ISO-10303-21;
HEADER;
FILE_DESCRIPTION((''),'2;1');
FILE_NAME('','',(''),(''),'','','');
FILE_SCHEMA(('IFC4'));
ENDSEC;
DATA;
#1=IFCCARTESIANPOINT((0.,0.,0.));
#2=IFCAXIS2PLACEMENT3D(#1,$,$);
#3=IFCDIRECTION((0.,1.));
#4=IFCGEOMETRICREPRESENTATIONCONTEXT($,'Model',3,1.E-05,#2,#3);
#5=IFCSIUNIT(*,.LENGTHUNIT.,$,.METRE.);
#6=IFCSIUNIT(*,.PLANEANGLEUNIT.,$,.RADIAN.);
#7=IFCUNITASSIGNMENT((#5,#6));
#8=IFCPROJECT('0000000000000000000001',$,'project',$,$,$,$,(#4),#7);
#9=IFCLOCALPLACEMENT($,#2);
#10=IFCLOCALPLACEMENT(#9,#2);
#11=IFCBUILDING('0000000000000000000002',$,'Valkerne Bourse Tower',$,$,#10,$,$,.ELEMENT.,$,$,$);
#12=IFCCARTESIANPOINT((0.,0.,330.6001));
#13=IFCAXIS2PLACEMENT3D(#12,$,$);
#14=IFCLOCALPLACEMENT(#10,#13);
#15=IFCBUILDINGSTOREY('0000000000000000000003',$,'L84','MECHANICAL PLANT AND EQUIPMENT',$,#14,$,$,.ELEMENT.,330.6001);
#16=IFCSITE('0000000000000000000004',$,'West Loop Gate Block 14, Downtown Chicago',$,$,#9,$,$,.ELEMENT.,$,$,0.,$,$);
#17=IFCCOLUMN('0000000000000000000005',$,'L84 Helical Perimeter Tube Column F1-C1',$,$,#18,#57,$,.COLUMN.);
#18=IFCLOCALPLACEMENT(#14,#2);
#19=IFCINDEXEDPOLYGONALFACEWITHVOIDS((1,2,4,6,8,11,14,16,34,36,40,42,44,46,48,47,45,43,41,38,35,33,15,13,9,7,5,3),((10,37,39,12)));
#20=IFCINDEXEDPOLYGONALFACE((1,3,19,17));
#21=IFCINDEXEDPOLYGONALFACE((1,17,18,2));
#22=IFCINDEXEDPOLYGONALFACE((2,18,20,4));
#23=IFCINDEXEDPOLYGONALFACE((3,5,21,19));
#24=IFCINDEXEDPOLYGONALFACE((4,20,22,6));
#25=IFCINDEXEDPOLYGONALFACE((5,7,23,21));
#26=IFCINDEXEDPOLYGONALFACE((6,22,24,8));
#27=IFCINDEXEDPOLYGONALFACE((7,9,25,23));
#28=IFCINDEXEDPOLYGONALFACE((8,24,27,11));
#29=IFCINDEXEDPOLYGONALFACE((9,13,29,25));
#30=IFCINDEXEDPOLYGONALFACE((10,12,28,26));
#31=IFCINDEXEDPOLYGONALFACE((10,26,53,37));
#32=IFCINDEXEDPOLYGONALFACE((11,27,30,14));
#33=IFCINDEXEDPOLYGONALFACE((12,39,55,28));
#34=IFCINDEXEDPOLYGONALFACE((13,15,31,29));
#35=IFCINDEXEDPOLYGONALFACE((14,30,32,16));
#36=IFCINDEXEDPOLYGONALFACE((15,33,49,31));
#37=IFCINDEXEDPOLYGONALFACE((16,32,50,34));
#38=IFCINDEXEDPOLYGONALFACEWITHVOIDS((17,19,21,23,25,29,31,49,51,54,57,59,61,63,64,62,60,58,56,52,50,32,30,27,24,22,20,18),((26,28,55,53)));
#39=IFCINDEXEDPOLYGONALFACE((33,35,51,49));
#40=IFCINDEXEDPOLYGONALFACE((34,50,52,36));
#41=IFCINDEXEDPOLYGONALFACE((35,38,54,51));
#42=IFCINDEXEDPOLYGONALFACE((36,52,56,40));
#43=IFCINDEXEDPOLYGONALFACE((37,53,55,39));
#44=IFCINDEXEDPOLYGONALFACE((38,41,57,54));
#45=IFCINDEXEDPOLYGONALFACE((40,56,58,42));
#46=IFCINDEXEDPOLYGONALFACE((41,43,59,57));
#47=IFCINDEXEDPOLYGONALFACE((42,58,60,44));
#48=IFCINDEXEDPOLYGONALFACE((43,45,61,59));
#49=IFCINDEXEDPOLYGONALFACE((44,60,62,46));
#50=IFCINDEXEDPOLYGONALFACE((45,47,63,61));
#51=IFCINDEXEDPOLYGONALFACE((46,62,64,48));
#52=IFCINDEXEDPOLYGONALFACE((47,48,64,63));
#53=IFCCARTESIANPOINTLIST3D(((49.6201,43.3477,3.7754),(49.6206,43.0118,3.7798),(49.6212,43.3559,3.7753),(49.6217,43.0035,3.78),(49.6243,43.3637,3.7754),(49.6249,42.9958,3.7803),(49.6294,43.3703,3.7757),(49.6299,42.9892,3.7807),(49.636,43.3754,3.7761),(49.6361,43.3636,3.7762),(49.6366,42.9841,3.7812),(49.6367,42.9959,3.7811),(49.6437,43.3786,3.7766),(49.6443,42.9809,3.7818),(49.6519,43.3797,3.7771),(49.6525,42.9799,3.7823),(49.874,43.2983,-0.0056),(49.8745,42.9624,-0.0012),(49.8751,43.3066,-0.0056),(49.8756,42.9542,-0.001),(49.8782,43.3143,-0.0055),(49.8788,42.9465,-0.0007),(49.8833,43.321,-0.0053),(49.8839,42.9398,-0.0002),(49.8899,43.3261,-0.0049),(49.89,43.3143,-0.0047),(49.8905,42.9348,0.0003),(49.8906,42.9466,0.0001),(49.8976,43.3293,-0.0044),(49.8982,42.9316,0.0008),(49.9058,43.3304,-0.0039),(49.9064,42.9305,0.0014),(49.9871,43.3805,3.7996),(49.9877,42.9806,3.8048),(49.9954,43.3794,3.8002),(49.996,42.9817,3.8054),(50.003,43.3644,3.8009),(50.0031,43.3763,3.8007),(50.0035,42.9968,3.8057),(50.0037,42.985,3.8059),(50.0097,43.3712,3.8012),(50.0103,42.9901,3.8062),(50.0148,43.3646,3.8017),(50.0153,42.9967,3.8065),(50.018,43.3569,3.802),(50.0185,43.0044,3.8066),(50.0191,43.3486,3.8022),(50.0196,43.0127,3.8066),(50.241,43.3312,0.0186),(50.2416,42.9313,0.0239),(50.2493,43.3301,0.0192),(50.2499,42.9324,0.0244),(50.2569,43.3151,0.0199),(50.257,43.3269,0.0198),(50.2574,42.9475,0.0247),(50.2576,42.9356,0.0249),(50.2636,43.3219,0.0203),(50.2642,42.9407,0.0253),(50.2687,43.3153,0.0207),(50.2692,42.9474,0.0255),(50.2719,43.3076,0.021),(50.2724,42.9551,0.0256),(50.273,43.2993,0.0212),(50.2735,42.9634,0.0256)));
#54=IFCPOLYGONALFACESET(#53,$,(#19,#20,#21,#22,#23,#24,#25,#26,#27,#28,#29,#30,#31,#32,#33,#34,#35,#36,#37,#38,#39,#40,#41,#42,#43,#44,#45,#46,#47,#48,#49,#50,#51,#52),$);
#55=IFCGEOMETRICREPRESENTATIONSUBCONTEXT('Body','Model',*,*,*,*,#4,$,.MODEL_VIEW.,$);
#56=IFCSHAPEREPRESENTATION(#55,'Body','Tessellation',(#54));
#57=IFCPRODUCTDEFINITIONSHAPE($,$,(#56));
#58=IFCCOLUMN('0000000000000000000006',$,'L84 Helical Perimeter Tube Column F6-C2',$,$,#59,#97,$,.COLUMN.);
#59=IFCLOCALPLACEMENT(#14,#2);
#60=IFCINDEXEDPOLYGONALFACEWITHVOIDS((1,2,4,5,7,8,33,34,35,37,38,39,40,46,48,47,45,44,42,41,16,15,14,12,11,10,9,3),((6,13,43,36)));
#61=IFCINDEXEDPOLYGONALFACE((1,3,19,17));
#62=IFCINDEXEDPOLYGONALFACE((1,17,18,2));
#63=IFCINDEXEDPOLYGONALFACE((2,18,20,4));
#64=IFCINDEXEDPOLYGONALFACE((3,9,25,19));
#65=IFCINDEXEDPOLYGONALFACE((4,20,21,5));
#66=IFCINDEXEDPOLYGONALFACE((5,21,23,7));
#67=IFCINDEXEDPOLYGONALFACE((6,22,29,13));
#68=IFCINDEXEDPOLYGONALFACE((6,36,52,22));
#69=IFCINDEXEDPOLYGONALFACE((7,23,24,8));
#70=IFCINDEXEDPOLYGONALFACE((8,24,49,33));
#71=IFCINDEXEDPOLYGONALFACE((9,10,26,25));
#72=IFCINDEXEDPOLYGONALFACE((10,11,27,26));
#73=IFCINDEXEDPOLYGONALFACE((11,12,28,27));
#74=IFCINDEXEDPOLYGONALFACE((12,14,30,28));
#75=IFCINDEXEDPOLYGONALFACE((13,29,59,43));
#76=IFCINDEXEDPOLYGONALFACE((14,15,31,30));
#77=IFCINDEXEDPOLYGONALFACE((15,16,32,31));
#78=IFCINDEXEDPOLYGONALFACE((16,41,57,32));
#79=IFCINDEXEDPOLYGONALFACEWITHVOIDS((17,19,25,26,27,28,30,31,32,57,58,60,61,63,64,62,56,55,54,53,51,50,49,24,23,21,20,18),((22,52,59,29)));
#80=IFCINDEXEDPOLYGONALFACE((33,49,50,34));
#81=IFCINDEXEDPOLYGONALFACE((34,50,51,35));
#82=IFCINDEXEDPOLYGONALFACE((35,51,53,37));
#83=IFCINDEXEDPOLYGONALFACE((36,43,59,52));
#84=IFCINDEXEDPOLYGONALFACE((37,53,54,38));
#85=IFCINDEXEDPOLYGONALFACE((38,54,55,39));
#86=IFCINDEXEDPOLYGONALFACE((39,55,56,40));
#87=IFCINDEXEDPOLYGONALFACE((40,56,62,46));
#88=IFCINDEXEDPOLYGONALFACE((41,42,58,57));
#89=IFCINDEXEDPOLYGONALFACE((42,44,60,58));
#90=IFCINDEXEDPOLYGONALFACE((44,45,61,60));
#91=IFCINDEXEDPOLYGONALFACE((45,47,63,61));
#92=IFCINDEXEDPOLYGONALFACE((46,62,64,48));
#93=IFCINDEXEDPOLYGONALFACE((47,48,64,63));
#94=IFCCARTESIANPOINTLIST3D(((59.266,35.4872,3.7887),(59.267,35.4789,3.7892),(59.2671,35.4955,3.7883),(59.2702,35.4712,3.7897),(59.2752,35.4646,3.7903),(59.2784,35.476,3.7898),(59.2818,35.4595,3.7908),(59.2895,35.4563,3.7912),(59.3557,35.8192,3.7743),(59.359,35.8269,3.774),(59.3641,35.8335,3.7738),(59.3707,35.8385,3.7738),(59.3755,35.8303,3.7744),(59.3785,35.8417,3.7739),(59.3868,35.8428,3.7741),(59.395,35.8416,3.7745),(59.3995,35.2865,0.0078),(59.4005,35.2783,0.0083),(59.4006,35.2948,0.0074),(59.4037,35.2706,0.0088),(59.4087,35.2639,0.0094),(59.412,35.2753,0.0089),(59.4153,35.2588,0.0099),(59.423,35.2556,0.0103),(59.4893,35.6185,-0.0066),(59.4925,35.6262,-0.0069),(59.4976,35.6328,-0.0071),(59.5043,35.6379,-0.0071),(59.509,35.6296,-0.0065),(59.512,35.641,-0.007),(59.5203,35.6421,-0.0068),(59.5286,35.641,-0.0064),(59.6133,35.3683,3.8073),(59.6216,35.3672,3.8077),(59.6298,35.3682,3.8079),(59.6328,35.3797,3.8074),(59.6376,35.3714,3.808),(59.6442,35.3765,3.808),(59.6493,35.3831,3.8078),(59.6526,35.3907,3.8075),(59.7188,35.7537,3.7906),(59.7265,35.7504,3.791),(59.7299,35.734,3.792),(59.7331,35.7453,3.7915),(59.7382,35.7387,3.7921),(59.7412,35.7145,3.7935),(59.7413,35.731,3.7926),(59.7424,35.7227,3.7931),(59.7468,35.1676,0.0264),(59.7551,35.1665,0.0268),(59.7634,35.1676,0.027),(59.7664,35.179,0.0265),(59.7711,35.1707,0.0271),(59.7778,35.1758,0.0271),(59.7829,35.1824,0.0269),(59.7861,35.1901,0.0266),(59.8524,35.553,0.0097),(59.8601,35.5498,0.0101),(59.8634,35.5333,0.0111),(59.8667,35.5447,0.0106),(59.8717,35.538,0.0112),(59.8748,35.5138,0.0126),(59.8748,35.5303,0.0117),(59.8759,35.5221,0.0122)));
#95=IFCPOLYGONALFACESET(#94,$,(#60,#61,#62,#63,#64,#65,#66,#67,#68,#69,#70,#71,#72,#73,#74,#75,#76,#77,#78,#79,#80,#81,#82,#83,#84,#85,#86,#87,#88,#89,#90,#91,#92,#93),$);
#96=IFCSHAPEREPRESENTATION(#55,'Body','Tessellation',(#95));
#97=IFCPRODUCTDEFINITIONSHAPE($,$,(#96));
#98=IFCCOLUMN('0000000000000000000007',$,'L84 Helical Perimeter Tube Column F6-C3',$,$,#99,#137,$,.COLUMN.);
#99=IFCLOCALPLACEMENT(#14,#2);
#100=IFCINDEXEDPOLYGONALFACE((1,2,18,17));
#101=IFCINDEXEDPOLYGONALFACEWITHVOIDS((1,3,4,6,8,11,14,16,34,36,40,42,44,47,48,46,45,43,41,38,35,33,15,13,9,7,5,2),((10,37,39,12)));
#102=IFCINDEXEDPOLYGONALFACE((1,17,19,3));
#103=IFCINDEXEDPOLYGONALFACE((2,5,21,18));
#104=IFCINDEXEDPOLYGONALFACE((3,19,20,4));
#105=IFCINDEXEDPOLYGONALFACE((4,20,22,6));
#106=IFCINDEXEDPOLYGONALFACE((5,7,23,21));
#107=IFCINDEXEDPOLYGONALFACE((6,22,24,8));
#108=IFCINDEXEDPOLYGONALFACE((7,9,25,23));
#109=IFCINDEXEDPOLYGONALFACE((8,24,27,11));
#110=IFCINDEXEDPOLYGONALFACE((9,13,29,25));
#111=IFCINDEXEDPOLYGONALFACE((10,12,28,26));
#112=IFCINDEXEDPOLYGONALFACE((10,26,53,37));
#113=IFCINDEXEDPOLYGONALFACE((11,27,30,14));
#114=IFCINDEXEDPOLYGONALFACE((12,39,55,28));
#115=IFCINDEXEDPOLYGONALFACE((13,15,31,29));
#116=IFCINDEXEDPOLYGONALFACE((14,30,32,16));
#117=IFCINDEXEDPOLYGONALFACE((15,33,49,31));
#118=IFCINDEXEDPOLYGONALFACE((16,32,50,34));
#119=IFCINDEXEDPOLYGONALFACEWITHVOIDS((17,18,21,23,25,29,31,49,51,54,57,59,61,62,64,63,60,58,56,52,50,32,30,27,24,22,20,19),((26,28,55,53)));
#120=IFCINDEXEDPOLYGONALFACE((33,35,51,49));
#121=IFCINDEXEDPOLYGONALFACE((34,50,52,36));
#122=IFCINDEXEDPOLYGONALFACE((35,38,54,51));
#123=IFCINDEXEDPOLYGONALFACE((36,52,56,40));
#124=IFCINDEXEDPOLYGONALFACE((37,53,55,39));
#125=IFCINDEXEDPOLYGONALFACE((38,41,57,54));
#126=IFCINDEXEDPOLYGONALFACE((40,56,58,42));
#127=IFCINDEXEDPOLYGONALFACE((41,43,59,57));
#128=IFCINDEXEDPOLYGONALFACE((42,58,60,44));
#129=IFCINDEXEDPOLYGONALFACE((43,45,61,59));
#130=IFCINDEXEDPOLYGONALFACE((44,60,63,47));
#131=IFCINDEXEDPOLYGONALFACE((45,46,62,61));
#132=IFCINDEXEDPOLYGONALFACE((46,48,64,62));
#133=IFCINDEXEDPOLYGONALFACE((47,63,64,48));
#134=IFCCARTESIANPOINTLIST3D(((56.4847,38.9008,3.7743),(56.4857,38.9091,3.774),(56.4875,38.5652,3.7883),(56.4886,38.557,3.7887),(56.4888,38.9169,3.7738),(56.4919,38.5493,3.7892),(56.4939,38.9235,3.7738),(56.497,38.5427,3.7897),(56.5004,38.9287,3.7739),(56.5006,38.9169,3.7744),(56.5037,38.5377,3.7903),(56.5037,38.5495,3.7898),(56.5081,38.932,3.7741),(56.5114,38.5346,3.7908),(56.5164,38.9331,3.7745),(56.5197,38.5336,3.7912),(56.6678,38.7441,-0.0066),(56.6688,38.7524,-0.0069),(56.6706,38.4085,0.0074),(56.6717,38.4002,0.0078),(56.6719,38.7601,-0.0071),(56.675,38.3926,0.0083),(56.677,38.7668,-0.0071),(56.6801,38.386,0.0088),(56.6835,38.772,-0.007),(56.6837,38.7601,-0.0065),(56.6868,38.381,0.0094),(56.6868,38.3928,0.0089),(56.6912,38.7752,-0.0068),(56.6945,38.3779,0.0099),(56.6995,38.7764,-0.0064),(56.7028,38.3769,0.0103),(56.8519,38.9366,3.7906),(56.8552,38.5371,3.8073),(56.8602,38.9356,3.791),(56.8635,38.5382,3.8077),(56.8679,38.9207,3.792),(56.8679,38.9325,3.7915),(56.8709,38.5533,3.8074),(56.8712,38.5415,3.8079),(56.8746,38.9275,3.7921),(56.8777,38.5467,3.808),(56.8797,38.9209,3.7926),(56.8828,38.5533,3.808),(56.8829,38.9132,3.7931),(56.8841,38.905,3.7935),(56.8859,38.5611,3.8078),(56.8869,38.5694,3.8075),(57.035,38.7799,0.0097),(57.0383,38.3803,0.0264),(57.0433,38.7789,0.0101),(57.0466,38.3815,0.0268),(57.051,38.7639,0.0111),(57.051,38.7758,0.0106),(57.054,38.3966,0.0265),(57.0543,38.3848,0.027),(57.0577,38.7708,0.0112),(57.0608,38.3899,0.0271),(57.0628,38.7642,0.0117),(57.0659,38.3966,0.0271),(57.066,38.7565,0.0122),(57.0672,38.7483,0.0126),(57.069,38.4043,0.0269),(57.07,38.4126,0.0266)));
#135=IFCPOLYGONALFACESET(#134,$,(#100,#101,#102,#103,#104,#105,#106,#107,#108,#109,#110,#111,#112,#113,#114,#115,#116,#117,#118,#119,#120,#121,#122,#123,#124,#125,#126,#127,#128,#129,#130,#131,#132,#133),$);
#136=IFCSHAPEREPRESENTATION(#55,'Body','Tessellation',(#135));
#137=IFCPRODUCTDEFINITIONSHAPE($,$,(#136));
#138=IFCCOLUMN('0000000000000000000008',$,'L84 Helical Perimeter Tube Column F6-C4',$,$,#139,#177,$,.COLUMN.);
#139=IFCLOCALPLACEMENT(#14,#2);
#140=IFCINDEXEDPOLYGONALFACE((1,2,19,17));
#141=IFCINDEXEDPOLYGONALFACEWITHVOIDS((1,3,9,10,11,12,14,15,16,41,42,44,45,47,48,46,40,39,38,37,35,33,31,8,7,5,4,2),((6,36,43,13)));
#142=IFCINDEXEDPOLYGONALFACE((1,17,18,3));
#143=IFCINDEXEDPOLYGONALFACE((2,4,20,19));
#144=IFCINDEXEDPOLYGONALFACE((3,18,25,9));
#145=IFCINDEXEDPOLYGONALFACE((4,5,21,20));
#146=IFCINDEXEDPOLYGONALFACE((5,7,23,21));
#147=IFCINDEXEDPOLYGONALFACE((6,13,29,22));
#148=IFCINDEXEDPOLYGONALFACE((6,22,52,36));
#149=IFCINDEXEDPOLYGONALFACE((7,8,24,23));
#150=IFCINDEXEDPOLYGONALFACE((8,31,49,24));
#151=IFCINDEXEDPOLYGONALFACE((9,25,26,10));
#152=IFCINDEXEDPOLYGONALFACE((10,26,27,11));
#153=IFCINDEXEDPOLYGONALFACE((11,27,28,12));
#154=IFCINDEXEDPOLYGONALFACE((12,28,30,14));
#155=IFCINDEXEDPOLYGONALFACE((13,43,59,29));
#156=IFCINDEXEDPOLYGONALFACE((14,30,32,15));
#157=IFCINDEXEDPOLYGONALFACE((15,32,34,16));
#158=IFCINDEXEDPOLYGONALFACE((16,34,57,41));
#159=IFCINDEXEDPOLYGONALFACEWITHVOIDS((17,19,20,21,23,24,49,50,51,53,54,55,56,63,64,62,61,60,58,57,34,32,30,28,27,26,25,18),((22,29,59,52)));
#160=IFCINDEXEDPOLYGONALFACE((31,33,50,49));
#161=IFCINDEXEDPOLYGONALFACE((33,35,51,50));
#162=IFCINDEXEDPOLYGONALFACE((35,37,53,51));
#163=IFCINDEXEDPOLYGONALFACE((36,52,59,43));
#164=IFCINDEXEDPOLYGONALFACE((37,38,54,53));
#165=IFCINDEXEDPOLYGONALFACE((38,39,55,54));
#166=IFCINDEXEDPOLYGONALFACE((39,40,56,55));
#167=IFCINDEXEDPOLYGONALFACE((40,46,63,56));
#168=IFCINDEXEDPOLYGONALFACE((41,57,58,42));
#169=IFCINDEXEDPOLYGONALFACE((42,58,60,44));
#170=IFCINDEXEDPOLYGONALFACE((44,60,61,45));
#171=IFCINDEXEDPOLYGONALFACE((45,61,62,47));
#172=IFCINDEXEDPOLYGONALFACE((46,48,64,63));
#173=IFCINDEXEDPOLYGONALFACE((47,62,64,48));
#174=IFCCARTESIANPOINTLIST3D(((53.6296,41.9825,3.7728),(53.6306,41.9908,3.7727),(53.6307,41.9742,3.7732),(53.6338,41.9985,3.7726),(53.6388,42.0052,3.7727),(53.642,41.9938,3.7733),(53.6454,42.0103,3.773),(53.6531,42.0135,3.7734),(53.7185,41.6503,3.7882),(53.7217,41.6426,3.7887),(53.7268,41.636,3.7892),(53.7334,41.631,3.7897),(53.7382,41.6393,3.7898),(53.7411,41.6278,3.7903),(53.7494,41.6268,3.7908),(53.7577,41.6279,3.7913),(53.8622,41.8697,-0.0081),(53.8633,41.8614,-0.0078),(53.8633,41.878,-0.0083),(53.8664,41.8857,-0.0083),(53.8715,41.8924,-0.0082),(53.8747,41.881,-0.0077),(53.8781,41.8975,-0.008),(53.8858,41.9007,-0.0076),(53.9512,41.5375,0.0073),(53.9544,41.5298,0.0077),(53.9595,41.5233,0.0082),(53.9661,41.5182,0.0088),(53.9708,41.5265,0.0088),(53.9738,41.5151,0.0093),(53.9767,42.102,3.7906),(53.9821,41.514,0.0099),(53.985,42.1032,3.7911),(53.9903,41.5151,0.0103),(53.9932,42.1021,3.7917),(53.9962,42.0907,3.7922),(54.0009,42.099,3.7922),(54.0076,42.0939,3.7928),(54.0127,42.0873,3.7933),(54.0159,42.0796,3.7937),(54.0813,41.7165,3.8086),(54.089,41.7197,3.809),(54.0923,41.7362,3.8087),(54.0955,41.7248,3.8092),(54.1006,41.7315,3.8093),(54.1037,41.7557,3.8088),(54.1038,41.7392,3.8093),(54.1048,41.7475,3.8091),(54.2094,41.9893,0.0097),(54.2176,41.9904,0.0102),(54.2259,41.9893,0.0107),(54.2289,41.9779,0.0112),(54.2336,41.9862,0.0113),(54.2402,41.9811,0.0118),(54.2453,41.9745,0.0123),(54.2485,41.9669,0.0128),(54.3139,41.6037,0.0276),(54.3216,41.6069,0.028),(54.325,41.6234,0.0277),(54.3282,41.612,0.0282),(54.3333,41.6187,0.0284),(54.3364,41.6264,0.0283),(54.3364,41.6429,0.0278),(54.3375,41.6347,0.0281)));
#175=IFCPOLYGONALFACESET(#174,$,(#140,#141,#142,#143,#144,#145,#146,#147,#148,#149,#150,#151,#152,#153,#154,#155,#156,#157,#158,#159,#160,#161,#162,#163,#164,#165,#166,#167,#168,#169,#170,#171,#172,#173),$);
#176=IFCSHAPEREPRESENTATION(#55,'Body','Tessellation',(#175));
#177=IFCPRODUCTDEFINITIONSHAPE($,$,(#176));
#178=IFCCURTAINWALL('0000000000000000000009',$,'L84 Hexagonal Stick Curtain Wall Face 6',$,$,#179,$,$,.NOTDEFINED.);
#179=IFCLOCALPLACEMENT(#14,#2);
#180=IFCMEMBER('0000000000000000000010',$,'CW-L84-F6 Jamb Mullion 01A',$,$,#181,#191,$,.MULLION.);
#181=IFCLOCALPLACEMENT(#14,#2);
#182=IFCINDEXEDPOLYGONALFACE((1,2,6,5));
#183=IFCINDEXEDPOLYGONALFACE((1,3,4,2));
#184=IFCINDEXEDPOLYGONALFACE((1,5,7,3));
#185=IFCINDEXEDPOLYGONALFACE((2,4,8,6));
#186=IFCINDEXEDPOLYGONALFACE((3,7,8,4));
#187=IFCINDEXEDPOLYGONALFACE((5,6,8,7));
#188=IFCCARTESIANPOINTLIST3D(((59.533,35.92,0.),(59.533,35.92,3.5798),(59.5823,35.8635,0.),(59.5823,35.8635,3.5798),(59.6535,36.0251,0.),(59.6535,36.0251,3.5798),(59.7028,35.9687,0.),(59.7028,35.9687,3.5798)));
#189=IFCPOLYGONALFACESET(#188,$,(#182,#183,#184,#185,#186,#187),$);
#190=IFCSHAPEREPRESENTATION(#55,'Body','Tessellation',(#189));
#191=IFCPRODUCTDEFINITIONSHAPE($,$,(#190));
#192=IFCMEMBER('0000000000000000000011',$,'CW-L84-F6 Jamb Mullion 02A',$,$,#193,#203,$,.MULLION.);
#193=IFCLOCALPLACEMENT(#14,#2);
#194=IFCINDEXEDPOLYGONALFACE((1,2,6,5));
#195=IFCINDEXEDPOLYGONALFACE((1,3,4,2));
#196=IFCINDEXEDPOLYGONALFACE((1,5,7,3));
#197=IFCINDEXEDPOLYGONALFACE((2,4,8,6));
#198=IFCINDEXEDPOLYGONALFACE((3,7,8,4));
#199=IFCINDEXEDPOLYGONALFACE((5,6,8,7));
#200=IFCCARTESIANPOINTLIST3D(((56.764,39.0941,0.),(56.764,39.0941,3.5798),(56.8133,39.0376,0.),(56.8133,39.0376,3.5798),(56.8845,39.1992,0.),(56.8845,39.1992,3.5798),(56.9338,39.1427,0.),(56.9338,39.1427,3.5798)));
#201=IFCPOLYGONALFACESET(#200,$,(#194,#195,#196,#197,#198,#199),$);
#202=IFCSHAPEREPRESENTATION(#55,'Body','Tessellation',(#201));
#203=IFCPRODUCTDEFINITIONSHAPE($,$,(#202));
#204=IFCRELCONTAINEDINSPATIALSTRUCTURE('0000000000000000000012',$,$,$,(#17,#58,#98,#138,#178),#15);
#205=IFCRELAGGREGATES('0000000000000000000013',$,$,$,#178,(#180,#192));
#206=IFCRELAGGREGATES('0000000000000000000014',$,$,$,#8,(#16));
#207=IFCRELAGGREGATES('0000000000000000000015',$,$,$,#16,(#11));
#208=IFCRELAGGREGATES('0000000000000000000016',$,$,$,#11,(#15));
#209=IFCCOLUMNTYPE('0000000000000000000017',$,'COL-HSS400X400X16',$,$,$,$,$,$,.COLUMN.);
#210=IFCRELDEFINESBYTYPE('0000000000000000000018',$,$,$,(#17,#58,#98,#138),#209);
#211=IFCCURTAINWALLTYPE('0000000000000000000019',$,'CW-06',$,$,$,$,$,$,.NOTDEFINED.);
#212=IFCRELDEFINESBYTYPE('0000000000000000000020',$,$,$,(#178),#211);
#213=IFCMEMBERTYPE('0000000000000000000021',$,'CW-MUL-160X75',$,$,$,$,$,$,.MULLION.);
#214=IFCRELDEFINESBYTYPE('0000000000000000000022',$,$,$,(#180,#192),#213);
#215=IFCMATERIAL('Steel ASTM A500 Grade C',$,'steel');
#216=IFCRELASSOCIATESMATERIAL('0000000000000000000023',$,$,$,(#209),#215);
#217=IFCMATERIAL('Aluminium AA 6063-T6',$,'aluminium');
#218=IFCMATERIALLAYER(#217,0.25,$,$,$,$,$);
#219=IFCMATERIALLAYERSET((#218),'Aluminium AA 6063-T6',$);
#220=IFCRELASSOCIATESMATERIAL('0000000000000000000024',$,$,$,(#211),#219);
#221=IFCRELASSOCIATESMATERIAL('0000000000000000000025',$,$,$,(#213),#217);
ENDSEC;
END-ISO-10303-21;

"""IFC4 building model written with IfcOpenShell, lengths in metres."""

from ifc_helpers import new_model, si_unit, direction, frame, origin, origin_2d, place, context, subcontext, project, spatial, rectangle, hollow_rectangle, extrude, material, layer, layer_set, material_profile, profile_set, type_object, element, aggregate, save


model = new_model("IFC4")

# Units and contexts
model_context = context("Model", 3, precision=1e-05, world=origin(), true_north=direction((0.0, 1.0)))
body_context = subcontext(model_context, "Body", "Model", "MODEL_VIEW")
ifc_project = project(units=[si_unit("LENGTHUNIT", "METRE"), si_unit("PLANEANGLEUNIT", "RADIAN")], contexts=[model_context])

# Site, building, storey
site_placement = place(None, origin())
site = spatial("IfcSite", under=ifc_project, at=site_placement, Name="West Loop Gate Block 14, Downtown Chicago", CompositionType="ELEMENT", RefElevation=0.0)
building_placement = place(site_placement, origin())
building = spatial("IfcBuilding", under=site, at=building_placement, Name="Valkerne Bourse Tower", CompositionType="ELEMENT")
storey_placement = place(building_placement, frame((0.0, 0.0, 330.6001)))
storey = spatial("IfcBuildingStorey", under=building, at=storey_placement, Name="L84", Description="MECHANICAL PLANT AND EQUIPMENT", CompositionType="ELEMENT", Elevation=330.6001)

# Columns
ifc_material_1 = material(Name="Steel ASTM A500 Grade C", Category="steel")
ifc_material_profile_1 = material_profile(ifc_material_1, hollow_rectangle(XDim=0.3999, YDim=0.3999, WallThickness=0.0161, OuterFilletRadius=0.032, at=origin_2d()), Name="HSS400X400X16")
ifc_profile_set_1 = profile_set([ifc_material_profile_1], Name="Steel ASTM A500 Grade C")
column_type = type_object("IfcColumnType", Name="COL-HSS400X400X16", PredefinedType="COLUMN", material=ifc_profile_set_1)
column_1_placement = place(storey_placement, frame((50.0737, 43.1309, 0.01), z_axis=(-0.066997, 0.013013, 0.997668), x_axis=(-0.001449, 0.999913, -0.013139)))
element("IfcColumn", 1, at=column_1_placement, inside=storey, type_object=column_type, Name="L84 Helical Perimeter Tube Column F1-C1", PredefinedType="COLUMN", context=body_context, shape_type="SweptSolid", body=[
    extrude(hollow_rectangle(XDim=0.3999, YDim=0.3999, WallThickness=0.0161, OuterFilletRadius=0.032, at=origin_2d()), origin(), (0.0, 0.0, 1.0), 3.7898),
])
for number, where, z_axis, x_axis, name in (
    (2, (59.6377, 35.4043, 0.01), (-0.035248, 0.052969, 0.997974), (0.963904, -0.261898, 0.047946), "L84 Helical Perimeter Tube Column F6-C2"),
    (3, (56.8689, 38.5784, 0.01), (-0.04833, 0.04137, 0.997974), (0.998797, 0.010356, 0.04794), "L84 Helical Perimeter Tube Column F6-C3"),
):
    element("IfcColumn", number, at=place(storey_placement, frame(where, z_axis=z_axis, x_axis=x_axis)), inside=storey, type_object=column_type, Name=name, PredefinedType="COLUMN", context=body_context, shape_type="SweptSolid", body=[
        extrude(hollow_rectangle(XDim=0.3999, YDim=0.3999, WallThickness=0.0161, OuterFilletRadius=0.032, at=origin_2d()), origin(), (0.0, 0.0, 1.0), 3.7886),
    ])
column_2_placement = place(storey_placement, frame((54.0999, 41.7522, 0.01), z_axis=(-0.061392, 0.029762, 0.99767), x_axis=(0.963269, 0.263571, 0.051412)))
element("IfcColumn", 4, at=column_2_placement, inside=storey, type_object=column_type, Name="L84 Helical Perimeter Tube Column F6-C4", PredefinedType="COLUMN", context=body_context, shape_type="SweptSolid", body=[
    extrude(hollow_rectangle(XDim=0.3999, YDim=0.3999, WallThickness=0.0161, OuterFilletRadius=0.032, at=origin_2d()), origin(), (0.0, 0.0, 1.0), 3.7898),
])

# Curtain wall, members
ifc_material_2 = material(Name="Aluminium AA 6063-T6", Category="aluminium")
ifc_layer_1 = layer(ifc_material_2, 0.25)
ifc_layer_set_1 = layer_set([ifc_layer_1], Name="Aluminium AA 6063-T6")
curtain_wall_type = type_object("IfcCurtainWallType", Name="CW-06", PredefinedType="NOTDEFINED", material=ifc_layer_set_1)
curtain_wall_placement = place(storey_placement, origin())
curtain_wall = element("IfcCurtainWall", 5, at=curtain_wall_placement, inside=storey, type_object=curtain_wall_type, Name="L84 Hexagonal Stick Curtain Wall Face 6", PredefinedType="NOTDEFINED")
ifc_material_profile_2 = material_profile(ifc_material_2, rectangle(XDim=0.075, YDim=0.1599, at=origin_2d()), Name="CWM-75X160")
ifc_profile_set_2 = profile_set([ifc_material_profile_2], Name="Aluminium AA 6063-T6")
member_type_1 = type_object("IfcMemberType", Name="CW-MUL-160X75", PredefinedType="MULLION", material=ifc_profile_set_2)
member_1_placement = place(storey_placement, frame((59.6179, 35.9443, 0.0), z_axis=(0.0, 0.0, 1.0), x_axis=(-0.657381, 0.753558, 0.0)))
member_1 = element("IfcMember", 6, at=member_1_placement, type_object=member_type_1, Name="CW-L84-F6 Jamb Mullion 01A", PredefinedType="MULLION", context=body_context, shape_type="SweptSolid", body=[
    extrude(rectangle(XDim=0.075, YDim=0.1599, at=origin_2d()), origin(), (0.0, 0.0, 1.0), 3.5798),
])
member_2_placement = place(storey_placement, frame((56.8489, 39.1184, 0.0), z_axis=(0.0, 0.0, 1.0), x_axis=(-0.657381, 0.753558, 0.0)))
member_2 = element("IfcMember", 7, at=member_2_placement, type_object=member_type_1, Name="CW-L84-F6 Jamb Mullion 02A", PredefinedType="MULLION", context=body_context, shape_type="SweptSolid", body=[
    extrude(rectangle(XDim=0.075, YDim=0.1599, at=origin_2d()), origin(), (0.0, 0.0, 1.0), 3.5798),
])
aggregate(curtain_wall, [member_1, member_2])

save(model, "model.ifc")
